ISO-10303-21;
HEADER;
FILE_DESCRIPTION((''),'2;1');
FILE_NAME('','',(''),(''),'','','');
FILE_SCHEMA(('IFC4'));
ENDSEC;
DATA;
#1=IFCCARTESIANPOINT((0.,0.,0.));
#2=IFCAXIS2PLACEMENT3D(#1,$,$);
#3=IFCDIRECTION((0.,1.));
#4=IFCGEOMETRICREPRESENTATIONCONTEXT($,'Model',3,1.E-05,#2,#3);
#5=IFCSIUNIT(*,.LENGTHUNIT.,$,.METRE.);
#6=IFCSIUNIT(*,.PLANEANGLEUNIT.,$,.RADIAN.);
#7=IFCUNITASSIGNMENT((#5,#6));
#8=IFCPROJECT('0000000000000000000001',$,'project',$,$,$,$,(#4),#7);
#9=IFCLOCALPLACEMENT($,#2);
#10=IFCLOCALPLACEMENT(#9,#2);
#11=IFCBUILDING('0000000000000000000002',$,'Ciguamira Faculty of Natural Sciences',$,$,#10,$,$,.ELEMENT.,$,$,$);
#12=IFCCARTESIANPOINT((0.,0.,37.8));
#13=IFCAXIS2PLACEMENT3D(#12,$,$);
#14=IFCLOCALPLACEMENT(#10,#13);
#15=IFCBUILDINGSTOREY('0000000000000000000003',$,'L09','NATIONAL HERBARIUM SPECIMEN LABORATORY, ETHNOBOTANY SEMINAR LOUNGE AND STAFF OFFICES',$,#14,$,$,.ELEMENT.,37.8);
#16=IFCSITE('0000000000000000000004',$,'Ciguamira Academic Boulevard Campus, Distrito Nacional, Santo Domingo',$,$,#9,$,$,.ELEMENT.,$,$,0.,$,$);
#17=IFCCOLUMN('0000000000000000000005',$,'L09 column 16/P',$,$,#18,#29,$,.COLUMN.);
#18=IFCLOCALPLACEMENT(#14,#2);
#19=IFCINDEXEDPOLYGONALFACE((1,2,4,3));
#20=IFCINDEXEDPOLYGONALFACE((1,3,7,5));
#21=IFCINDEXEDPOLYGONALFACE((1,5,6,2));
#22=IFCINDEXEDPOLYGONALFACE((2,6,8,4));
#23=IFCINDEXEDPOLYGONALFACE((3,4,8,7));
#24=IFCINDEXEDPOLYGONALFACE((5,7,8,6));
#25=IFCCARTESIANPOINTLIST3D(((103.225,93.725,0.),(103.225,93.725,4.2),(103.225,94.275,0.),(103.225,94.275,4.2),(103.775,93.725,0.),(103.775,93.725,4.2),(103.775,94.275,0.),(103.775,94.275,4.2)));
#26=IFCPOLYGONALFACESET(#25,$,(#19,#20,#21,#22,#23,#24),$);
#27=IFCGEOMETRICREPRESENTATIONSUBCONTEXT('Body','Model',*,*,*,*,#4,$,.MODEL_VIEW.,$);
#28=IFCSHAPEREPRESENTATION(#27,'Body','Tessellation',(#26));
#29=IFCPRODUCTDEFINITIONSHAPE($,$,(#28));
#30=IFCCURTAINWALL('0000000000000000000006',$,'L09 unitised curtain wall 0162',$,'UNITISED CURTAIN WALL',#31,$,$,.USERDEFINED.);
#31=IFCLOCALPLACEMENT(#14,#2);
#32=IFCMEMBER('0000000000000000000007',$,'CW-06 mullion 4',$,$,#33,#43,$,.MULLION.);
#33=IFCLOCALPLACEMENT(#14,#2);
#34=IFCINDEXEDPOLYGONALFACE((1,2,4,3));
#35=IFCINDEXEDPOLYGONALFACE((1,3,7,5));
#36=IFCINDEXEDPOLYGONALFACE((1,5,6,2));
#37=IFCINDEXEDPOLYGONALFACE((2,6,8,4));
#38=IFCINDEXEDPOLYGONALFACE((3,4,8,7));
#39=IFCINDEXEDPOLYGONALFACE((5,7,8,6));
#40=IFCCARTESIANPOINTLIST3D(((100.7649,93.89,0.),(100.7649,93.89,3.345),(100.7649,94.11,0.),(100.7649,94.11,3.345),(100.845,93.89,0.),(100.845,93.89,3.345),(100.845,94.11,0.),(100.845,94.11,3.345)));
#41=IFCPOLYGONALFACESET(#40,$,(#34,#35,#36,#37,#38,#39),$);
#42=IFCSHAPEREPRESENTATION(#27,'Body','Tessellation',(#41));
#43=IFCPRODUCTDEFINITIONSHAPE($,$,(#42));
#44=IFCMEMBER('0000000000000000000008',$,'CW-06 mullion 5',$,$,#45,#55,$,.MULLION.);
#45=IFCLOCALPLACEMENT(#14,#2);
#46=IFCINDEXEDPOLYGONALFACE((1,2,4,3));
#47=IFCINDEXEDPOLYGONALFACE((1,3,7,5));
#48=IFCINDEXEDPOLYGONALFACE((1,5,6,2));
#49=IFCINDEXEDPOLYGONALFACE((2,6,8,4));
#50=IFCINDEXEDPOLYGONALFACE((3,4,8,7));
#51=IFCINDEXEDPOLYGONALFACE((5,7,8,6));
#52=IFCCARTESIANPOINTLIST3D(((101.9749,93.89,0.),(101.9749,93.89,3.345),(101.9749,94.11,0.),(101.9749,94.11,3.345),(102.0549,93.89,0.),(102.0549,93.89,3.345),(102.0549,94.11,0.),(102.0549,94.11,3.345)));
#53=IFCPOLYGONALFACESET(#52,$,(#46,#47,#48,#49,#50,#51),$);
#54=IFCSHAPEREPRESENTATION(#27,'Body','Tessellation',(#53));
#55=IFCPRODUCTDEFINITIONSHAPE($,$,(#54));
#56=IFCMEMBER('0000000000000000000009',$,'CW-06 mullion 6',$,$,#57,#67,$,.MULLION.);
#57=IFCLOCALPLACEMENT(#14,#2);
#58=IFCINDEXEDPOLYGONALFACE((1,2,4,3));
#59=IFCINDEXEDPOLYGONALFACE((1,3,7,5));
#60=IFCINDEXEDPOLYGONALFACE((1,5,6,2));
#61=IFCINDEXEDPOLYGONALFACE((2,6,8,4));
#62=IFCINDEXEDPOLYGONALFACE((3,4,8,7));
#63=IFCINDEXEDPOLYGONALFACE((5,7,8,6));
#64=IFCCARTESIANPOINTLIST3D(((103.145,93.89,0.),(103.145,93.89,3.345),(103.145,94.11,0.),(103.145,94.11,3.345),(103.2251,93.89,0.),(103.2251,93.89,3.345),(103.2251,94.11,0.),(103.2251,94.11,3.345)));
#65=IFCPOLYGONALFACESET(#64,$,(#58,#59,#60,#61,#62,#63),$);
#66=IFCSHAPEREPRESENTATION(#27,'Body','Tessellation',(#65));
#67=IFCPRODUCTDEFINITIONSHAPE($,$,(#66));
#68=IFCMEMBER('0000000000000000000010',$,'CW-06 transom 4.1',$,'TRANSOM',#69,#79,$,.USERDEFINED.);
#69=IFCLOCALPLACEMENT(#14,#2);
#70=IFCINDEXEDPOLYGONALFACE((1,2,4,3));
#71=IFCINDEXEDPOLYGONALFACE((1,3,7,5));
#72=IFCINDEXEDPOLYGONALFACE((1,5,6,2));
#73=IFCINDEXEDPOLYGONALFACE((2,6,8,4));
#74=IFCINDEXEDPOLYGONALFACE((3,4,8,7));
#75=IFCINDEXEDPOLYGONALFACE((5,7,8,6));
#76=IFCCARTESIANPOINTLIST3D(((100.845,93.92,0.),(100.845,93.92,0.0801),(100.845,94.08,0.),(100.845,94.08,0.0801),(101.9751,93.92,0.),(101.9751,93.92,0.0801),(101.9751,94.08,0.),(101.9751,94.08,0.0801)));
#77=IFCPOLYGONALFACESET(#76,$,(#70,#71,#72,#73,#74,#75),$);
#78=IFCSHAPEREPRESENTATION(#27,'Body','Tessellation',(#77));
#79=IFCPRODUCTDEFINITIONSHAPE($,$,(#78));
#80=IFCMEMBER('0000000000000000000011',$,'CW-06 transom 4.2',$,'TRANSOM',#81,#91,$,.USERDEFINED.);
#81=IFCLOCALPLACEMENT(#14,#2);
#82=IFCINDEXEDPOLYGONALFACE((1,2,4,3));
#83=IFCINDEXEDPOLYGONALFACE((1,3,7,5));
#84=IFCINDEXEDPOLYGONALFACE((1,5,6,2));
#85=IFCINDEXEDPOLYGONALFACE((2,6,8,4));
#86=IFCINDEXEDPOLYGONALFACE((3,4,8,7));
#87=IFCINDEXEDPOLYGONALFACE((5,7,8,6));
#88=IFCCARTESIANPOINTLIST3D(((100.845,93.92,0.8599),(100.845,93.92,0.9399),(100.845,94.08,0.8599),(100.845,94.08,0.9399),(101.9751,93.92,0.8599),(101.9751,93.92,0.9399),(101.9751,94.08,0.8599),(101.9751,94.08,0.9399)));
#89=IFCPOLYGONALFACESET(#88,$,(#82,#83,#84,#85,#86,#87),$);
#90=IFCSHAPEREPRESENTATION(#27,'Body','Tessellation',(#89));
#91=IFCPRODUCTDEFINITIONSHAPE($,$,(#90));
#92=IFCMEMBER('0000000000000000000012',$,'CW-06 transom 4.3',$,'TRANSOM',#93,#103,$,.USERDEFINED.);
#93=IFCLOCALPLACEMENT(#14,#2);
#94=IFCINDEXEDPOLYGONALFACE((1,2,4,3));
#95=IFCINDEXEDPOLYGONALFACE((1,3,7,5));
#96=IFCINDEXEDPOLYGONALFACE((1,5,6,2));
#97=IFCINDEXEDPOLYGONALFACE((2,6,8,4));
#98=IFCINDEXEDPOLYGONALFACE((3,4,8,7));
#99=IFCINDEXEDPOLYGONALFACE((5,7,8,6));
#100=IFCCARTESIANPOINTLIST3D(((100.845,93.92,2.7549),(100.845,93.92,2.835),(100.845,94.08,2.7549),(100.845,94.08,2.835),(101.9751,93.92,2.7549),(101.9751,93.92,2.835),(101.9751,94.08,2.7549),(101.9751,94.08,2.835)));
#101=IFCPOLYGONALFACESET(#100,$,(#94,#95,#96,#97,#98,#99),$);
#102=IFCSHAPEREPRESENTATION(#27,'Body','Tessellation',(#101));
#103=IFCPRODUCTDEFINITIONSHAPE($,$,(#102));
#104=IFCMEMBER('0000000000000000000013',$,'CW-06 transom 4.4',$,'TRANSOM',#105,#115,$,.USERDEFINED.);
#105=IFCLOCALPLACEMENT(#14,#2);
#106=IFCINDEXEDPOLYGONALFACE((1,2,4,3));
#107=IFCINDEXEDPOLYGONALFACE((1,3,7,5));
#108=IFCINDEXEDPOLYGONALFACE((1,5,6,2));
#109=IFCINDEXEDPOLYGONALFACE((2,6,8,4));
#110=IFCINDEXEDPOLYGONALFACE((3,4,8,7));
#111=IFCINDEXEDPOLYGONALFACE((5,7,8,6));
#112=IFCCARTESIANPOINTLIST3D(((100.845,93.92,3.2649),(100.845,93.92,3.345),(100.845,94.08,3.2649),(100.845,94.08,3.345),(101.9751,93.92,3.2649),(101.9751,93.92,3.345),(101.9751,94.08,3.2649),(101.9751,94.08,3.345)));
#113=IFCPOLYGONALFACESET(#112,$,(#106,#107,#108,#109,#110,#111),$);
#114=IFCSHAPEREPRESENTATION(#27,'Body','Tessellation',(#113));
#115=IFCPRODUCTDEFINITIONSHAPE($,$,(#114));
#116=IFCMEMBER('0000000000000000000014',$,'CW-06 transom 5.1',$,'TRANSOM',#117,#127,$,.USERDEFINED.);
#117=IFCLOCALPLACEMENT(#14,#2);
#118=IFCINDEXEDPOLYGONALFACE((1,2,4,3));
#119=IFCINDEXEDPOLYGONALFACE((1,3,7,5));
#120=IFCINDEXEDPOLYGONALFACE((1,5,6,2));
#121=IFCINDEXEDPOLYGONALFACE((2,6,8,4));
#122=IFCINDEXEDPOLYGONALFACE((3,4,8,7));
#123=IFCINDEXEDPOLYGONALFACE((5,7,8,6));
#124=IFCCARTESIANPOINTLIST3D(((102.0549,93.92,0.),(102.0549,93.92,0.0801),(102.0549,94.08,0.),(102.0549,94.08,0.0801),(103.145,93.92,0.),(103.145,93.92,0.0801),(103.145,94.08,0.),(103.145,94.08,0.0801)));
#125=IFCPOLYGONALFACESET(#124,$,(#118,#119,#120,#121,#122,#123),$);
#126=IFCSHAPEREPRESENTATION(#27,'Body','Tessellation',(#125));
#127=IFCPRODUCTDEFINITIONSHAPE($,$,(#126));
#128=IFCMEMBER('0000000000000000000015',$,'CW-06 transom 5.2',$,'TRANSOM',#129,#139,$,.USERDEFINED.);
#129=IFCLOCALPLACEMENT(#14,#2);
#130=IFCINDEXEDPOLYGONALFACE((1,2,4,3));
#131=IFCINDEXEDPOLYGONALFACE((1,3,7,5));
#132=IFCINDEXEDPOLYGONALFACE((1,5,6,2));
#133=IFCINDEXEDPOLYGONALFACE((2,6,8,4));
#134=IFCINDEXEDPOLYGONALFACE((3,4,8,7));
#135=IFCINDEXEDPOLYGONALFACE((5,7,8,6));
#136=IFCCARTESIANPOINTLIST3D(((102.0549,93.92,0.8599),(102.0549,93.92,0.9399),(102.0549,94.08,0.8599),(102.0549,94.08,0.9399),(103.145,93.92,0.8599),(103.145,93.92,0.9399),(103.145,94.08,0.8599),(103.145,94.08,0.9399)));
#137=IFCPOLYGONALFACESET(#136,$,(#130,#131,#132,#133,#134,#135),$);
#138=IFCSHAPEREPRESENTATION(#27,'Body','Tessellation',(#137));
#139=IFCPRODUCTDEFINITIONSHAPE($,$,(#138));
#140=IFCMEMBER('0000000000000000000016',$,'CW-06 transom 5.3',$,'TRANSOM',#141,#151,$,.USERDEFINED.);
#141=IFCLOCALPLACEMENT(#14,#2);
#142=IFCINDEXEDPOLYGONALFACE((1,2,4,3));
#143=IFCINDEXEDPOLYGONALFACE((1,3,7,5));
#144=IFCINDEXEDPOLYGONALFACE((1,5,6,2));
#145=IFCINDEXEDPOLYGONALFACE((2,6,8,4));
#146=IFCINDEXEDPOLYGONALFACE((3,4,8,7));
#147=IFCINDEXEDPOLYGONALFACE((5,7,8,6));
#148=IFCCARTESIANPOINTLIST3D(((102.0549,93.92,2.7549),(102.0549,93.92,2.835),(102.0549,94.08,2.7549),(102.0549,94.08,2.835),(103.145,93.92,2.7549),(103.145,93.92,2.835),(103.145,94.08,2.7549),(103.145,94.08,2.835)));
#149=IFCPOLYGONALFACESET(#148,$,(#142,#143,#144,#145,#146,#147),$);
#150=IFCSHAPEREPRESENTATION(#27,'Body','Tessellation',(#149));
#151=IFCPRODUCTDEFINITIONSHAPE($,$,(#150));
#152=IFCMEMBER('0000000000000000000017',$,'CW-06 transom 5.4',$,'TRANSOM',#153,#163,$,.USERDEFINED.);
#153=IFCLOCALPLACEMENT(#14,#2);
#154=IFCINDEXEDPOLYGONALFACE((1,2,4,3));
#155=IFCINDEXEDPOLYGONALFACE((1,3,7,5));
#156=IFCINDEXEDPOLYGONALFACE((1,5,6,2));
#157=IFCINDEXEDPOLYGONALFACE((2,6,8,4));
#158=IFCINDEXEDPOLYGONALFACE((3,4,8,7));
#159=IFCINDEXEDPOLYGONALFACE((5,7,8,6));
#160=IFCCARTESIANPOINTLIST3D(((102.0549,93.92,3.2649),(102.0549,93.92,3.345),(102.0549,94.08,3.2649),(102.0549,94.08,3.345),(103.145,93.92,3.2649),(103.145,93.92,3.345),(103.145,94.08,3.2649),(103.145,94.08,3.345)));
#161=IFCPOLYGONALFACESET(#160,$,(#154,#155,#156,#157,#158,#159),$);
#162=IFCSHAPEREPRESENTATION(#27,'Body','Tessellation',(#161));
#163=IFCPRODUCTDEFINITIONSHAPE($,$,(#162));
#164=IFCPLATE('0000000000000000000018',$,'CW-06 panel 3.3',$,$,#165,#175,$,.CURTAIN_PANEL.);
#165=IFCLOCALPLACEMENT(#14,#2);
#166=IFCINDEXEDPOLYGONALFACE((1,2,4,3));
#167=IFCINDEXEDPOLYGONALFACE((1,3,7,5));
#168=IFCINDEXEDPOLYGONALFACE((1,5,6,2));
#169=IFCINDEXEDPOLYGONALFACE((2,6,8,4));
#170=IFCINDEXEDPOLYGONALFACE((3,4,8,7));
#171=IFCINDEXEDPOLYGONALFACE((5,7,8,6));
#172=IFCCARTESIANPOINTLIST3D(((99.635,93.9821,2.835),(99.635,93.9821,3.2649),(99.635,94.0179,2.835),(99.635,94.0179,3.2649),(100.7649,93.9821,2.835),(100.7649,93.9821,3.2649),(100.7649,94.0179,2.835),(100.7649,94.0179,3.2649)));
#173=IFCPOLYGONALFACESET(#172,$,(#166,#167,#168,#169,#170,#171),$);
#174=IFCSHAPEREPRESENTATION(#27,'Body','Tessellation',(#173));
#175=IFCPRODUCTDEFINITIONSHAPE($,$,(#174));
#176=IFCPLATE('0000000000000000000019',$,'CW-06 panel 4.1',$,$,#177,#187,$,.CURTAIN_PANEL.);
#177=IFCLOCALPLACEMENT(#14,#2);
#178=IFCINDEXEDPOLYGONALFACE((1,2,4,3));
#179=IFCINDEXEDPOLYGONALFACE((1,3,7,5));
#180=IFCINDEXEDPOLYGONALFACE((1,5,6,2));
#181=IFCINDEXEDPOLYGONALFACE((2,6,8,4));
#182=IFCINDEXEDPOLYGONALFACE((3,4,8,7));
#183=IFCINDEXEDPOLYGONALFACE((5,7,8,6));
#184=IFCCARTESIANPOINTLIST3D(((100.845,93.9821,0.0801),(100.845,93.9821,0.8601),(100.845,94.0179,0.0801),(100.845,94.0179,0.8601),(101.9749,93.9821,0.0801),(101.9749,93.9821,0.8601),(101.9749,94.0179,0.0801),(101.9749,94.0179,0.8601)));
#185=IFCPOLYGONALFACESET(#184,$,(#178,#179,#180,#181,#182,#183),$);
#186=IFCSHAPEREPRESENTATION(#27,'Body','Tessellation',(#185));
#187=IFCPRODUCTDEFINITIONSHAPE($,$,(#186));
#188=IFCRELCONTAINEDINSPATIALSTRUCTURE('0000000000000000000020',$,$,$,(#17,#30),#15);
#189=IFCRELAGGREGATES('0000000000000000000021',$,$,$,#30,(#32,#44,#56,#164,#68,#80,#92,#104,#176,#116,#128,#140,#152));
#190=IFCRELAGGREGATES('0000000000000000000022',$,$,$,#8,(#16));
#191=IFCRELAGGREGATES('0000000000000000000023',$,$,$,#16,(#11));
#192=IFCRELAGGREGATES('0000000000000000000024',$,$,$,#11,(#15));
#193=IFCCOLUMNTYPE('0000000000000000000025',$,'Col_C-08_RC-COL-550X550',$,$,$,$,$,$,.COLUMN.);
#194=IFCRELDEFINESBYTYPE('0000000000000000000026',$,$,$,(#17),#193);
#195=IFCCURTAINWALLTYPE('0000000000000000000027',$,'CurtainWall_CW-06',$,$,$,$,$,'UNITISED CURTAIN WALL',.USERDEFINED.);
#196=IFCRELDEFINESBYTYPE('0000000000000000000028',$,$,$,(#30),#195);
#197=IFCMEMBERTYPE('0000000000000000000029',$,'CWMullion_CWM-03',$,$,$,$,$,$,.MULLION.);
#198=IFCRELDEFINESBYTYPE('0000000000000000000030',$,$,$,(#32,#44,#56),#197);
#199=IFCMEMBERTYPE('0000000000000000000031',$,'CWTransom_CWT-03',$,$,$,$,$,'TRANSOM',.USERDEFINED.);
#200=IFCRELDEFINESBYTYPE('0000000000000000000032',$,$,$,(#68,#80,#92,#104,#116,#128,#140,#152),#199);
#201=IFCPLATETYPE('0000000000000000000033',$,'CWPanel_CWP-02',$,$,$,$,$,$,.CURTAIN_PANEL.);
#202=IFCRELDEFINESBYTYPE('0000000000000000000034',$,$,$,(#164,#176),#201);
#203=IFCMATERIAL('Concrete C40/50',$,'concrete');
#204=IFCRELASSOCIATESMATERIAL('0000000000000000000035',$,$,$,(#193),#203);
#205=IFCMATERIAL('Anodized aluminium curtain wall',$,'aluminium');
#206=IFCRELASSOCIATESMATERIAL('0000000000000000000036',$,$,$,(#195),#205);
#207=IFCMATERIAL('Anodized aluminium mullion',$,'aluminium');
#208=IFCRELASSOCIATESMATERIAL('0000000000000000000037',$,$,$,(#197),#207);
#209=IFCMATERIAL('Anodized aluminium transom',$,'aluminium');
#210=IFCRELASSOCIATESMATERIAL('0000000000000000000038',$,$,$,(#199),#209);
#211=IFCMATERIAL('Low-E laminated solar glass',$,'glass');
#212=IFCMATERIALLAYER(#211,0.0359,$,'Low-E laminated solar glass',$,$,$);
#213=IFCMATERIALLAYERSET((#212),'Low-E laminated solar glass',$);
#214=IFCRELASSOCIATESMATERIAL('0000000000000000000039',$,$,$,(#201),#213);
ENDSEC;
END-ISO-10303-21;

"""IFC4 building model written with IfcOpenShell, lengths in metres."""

from ifc_helpers import new_model, si_unit, direction, frame, origin, origin_2d, place, context, subcontext, project, spatial, rectangle, extrude, material, layer, layer_set, material_profile, profile_set, type_object, element, aggregate, save


model = new_model("IFC4")

# Units and contexts
model_context = context("Model", 3, precision=1e-05, world=origin(), true_north=direction((0.0, 1.0)))
body_context = subcontext(model_context, "Body", "Model", "MODEL_VIEW")
ifc_project = project(units=[si_unit("LENGTHUNIT", "METRE"), si_unit("PLANEANGLEUNIT", "RADIAN")], contexts=[model_context])

# Site, building, storey
site_placement = place(None, origin())
site = spatial("IfcSite", under=ifc_project, at=site_placement, Name="Ciguamira Academic Boulevard Campus, Distrito Nacional, Santo Domingo", CompositionType="ELEMENT", RefElevation=0.0)
building_placement = place(site_placement, origin())
building = spatial("IfcBuilding", under=site, at=building_placement, Name="Ciguamira Faculty of Natural Sciences", CompositionType="ELEMENT")
storey_placement = place(building_placement, frame((0.0, 0.0, 37.8)))
storey = spatial("IfcBuildingStorey", under=building, at=storey_placement, Name="L09", Description="NATIONAL HERBARIUM SPECIMEN LABORATORY, ETHNOBOTANY SEMINAR LOUNGE AND STAFF OFFICES", CompositionType="ELEMENT", Elevation=37.8)

# Column
ifc_material_1 = material(Name="Concrete C40/50", Category="concrete")
ifc_material_profile_1 = material_profile(ifc_material_1, rectangle(XDim=0.55, YDim=0.55, at=origin_2d()), Name="RC-COL-550X550")
ifc_profile_set_1 = profile_set([ifc_material_profile_1], Name="Concrete C40/50")
column_type = type_object("IfcColumnType", Name="Col_C-08_RC-COL-550X550", PredefinedType="COLUMN", material=ifc_profile_set_1)
column_placement = place(storey_placement, frame((103.5, 94.0, 0.0), z_axis=(0.0, 0.0, 1.0), x_axis=(1.0, 0.0, 0.0)))
element("IfcColumn", 1, at=column_placement, inside=storey, type_object=column_type, Name="L09 column 16/P", PredefinedType="COLUMN", context=body_context, shape_type="SweptSolid", body=[
    extrude(rectangle(XDim=0.55, YDim=0.55, at=origin_2d()), origin(), (0.0, 0.0, 1.0), 4.2),
])

# Curtain wall, members, plates
ifc_material_2 = material(Name="Anodized aluminium curtain wall", Category="aluminium")
curtain_wall_type = type_object("IfcCurtainWallType", Name="CurtainWall_CW-06", ElementType="UNITISED CURTAIN WALL", PredefinedType="USERDEFINED", material=ifc_material_2)
curtain_wall_placement = place(storey_placement, origin())
curtain_wall = element("IfcCurtainWall", 2, at=curtain_wall_placement, inside=storey, type_object=curtain_wall_type, Name="L09 unitised curtain wall 0162", ObjectType="UNITISED CURTAIN WALL", PredefinedType="USERDEFINED")
ifc_material_3 = material(Name="Anodized aluminium mullion", Category="aluminium")
ifc_material_profile_2 = material_profile(ifc_material_3, rectangle(XDim=0.0801, YDim=0.22, at=origin_2d()), Name="ALU-MUL-80X220")
ifc_profile_set_2 = profile_set([ifc_material_profile_2], Name="Anodized aluminium mullion")
member_type_1 = type_object("IfcMemberType", Name="CWMullion_CWM-03", PredefinedType="MULLION", material=ifc_profile_set_2)
member_1_placement = place(storey_placement, frame((100.8049, 94.0, 0.0), z_axis=(0.0, 0.0, 1.0), x_axis=(1.0, 0.0, 0.0)))
member_1 = element("IfcMember", 3, at=member_1_placement, type_object=member_type_1, Name="CW-06 mullion 4", PredefinedType="MULLION", context=body_context, shape_type="SweptSolid", body=[
    extrude(rectangle(XDim=0.0801, YDim=0.22, at=origin_2d()), origin(), (0.0, 0.0, 1.0), 3.345),
])
member_2_placement = place(storey_placement, frame((102.0149, 94.0, 0.0), z_axis=(0.0, 0.0, 1.0), x_axis=(1.0, 0.0, 0.0)))
member_2 = element("IfcMember", 4, at=member_2_placement, type_object=member_type_1, Name="CW-06 mullion 5", PredefinedType="MULLION", context=body_context, shape_type="SweptSolid", body=[
    extrude(rectangle(XDim=0.0801, YDim=0.22, at=origin_2d()), origin(), (0.0, 0.0, 1.0), 3.345),
])
member_3_placement = place(storey_placement, frame((103.1851, 94.0, 0.0), z_axis=(0.0, 0.0, 1.0), x_axis=(1.0, 0.0, 0.0)))
member_3 = element("IfcMember", 5, at=member_3_placement, type_object=member_type_1, Name="CW-06 mullion 6", PredefinedType="MULLION", context=body_context, shape_type="SweptSolid", body=[
    extrude(rectangle(XDim=0.0801, YDim=0.22, at=origin_2d()), origin(), (0.0, 0.0, 1.0), 3.345),
])
ifc_material_4 = material(Name="Anodized aluminium transom", Category="aluminium")
ifc_material_profile_3 = material_profile(ifc_material_4, rectangle(XDim=0.0801, YDim=0.1599, at=origin_2d()), Name="ALU-TRN-80X160")
ifc_profile_set_3 = profile_set([ifc_material_profile_3], Name="Anodized aluminium transom")
member_type_2 = type_object("IfcMemberType", Name="CWTransom_CWT-03", ElementType="TRANSOM", PredefinedType="USERDEFINED", material=ifc_profile_set_3)
member_4_placement = place(storey_placement, frame((100.845, 94.0, 0.04), z_axis=(1.0, 0.0, 0.0), x_axis=(0.0, 0.0, 1.0)))
member_4 = element("IfcMember", 6, at=member_4_placement, type_object=member_type_2, Name="CW-06 transom 4.1", ObjectType="TRANSOM", PredefinedType="USERDEFINED", context=body_context, shape_type="SweptSolid", body=[
    extrude(rectangle(XDim=0.0801, YDim=0.1599, at=origin_2d()), origin(), (0.0, 0.0, 1.0), 1.1301),
])
member_5_placement = place(storey_placement, frame((100.845, 94.0, 0.8999), z_axis=(1.0, 0.0, 0.0), x_axis=(0.0, 0.0, 1.0)))
member_5 = element("IfcMember", 7, at=member_5_placement, type_object=member_type_2, Name="CW-06 transom 4.2", ObjectType="TRANSOM", PredefinedType="USERDEFINED", context=body_context, shape_type="SweptSolid", body=[
    extrude(rectangle(XDim=0.0801, YDim=0.1599, at=origin_2d()), origin(), (0.0, 0.0, 1.0), 1.1301),
])
member_6_placement = place(storey_placement, frame((100.845, 94.0, 2.7949), z_axis=(1.0, 0.0, 0.0), x_axis=(0.0, 0.0, 1.0)))
member_6 = element("IfcMember", 8, at=member_6_placement, type_object=member_type_2, Name="CW-06 transom 4.3", ObjectType="TRANSOM", PredefinedType="USERDEFINED", context=body_context, shape_type="SweptSolid", body=[
    extrude(rectangle(XDim=0.0801, YDim=0.1599, at=origin_2d()), origin(), (0.0, 0.0, 1.0), 1.1301),
])
member_7_placement = place(storey_placement, frame((100.845, 94.0, 3.3049), z_axis=(1.0, 0.0, 0.0), x_axis=(0.0, 0.0, 1.0)))
member_7 = element("IfcMember", 9, at=member_7_placement, type_object=member_type_2, Name="CW-06 transom 4.4", ObjectType="TRANSOM", PredefinedType="USERDEFINED", context=body_context, shape_type="SweptSolid", body=[
    extrude(rectangle(XDim=0.0801, YDim=0.1599, at=origin_2d()), origin(), (0.0, 0.0, 1.0), 1.1301),
])
member_8_placement = place(storey_placement, frame((102.0549, 94.0, 0.04), z_axis=(1.0, 0.0, 0.0), x_axis=(0.0, 0.0, 1.0)))
member_8 = element("IfcMember", 10, at=member_8_placement, type_object=member_type_2, Name="CW-06 transom 5.1", ObjectType="TRANSOM", PredefinedType="USERDEFINED", context=body_context, shape_type="SweptSolid", body=[
    extrude(rectangle(XDim=0.0801, YDim=0.1599, at=origin_2d()), origin(), (0.0, 0.0, 1.0), 1.0901),
])
member_9_placement = place(storey_placement, frame((102.0549, 94.0, 0.8999), z_axis=(1.0, 0.0, 0.0), x_axis=(0.0, 0.0, 1.0)))
member_9 = element("IfcMember", 11, at=member_9_placement, type_object=member_type_2, Name="CW-06 transom 5.2", ObjectType="TRANSOM", PredefinedType="USERDEFINED", context=body_context, shape_type="SweptSolid", body=[
    extrude(rectangle(XDim=0.0801, YDim=0.1599, at=origin_2d()), origin(), (0.0, 0.0, 1.0), 1.0901),
])
member_10_placement = place(storey_placement, frame((102.0549, 94.0, 2.7949), z_axis=(1.0, 0.0, 0.0), x_axis=(0.0, 0.0, 1.0)))
member_10 = element("IfcMember", 12, at=member_10_placement, type_object=member_type_2, Name="CW-06 transom 5.3", ObjectType="TRANSOM", PredefinedType="USERDEFINED", context=body_context, shape_type="SweptSolid", body=[
    extrude(rectangle(XDim=0.0801, YDim=0.1599, at=origin_2d()), origin(), (0.0, 0.0, 1.0), 1.0901),
])
member_11_placement = place(storey_placement, frame((102.0549, 94.0, 3.3049), z_axis=(1.0, 0.0, 0.0), x_axis=(0.0, 0.0, 1.0)))
member_11 = element("IfcMember", 13, at=member_11_placement, type_object=member_type_2, Name="CW-06 transom 5.4", ObjectType="TRANSOM", PredefinedType="USERDEFINED", context=body_context, shape_type="SweptSolid", body=[
    extrude(rectangle(XDim=0.0801, YDim=0.1599, at=origin_2d()), origin(), (0.0, 0.0, 1.0), 1.0901),
])
ifc_material_5 = material(Name="Low-E laminated solar glass", Category="glass")
ifc_layer_1 = layer(ifc_material_5, 0.0359, Name="Low-E laminated solar glass")
ifc_layer_set_1 = layer_set([ifc_layer_1], Name="Low-E laminated solar glass")
plate_type = type_object("IfcPlateType", Name="CWPanel_CWP-02", PredefinedType="CURTAIN_PANEL", material=ifc_layer_set_1)
plate_1_placement = place(storey_placement, frame((100.2, 94.0, 2.835), z_axis=(0.0, 0.0, 1.0), x_axis=(1.0, 0.0, 0.0)))
plate_1 = element("IfcPlate", 14, at=plate_1_placement, type_object=plate_type, Name="CW-06 panel 3.3", PredefinedType="CURTAIN_PANEL", context=body_context, shape_type="SweptSolid", body=[
    extrude(rectangle(XDim=1.1299, YDim=0.0359, at=origin_2d()), origin(), (0.0, 0.0, 1.0), 0.4299),
])
plate_2_placement = place(storey_placement, frame((101.4099, 94.0, 0.0801), z_axis=(0.0, 0.0, 1.0), x_axis=(1.0, 0.0, 0.0)))
plate_2 = element("IfcPlate", 15, at=plate_2_placement, type_object=plate_type, Name="CW-06 panel 4.1", PredefinedType="CURTAIN_PANEL", context=body_context, shape_type="SweptSolid", body=[
    extrude(rectangle(XDim=1.1299, YDim=0.0359, at=origin_2d()), origin(), (0.0, 0.0, 1.0), 0.78),
])
aggregate(curtain_wall, [member_1, member_2, member_3, plate_1, member_4, member_5, member_6, member_7, plate_2, member_8, member_9, member_10, member_11])

save(model, "model.ifc")
